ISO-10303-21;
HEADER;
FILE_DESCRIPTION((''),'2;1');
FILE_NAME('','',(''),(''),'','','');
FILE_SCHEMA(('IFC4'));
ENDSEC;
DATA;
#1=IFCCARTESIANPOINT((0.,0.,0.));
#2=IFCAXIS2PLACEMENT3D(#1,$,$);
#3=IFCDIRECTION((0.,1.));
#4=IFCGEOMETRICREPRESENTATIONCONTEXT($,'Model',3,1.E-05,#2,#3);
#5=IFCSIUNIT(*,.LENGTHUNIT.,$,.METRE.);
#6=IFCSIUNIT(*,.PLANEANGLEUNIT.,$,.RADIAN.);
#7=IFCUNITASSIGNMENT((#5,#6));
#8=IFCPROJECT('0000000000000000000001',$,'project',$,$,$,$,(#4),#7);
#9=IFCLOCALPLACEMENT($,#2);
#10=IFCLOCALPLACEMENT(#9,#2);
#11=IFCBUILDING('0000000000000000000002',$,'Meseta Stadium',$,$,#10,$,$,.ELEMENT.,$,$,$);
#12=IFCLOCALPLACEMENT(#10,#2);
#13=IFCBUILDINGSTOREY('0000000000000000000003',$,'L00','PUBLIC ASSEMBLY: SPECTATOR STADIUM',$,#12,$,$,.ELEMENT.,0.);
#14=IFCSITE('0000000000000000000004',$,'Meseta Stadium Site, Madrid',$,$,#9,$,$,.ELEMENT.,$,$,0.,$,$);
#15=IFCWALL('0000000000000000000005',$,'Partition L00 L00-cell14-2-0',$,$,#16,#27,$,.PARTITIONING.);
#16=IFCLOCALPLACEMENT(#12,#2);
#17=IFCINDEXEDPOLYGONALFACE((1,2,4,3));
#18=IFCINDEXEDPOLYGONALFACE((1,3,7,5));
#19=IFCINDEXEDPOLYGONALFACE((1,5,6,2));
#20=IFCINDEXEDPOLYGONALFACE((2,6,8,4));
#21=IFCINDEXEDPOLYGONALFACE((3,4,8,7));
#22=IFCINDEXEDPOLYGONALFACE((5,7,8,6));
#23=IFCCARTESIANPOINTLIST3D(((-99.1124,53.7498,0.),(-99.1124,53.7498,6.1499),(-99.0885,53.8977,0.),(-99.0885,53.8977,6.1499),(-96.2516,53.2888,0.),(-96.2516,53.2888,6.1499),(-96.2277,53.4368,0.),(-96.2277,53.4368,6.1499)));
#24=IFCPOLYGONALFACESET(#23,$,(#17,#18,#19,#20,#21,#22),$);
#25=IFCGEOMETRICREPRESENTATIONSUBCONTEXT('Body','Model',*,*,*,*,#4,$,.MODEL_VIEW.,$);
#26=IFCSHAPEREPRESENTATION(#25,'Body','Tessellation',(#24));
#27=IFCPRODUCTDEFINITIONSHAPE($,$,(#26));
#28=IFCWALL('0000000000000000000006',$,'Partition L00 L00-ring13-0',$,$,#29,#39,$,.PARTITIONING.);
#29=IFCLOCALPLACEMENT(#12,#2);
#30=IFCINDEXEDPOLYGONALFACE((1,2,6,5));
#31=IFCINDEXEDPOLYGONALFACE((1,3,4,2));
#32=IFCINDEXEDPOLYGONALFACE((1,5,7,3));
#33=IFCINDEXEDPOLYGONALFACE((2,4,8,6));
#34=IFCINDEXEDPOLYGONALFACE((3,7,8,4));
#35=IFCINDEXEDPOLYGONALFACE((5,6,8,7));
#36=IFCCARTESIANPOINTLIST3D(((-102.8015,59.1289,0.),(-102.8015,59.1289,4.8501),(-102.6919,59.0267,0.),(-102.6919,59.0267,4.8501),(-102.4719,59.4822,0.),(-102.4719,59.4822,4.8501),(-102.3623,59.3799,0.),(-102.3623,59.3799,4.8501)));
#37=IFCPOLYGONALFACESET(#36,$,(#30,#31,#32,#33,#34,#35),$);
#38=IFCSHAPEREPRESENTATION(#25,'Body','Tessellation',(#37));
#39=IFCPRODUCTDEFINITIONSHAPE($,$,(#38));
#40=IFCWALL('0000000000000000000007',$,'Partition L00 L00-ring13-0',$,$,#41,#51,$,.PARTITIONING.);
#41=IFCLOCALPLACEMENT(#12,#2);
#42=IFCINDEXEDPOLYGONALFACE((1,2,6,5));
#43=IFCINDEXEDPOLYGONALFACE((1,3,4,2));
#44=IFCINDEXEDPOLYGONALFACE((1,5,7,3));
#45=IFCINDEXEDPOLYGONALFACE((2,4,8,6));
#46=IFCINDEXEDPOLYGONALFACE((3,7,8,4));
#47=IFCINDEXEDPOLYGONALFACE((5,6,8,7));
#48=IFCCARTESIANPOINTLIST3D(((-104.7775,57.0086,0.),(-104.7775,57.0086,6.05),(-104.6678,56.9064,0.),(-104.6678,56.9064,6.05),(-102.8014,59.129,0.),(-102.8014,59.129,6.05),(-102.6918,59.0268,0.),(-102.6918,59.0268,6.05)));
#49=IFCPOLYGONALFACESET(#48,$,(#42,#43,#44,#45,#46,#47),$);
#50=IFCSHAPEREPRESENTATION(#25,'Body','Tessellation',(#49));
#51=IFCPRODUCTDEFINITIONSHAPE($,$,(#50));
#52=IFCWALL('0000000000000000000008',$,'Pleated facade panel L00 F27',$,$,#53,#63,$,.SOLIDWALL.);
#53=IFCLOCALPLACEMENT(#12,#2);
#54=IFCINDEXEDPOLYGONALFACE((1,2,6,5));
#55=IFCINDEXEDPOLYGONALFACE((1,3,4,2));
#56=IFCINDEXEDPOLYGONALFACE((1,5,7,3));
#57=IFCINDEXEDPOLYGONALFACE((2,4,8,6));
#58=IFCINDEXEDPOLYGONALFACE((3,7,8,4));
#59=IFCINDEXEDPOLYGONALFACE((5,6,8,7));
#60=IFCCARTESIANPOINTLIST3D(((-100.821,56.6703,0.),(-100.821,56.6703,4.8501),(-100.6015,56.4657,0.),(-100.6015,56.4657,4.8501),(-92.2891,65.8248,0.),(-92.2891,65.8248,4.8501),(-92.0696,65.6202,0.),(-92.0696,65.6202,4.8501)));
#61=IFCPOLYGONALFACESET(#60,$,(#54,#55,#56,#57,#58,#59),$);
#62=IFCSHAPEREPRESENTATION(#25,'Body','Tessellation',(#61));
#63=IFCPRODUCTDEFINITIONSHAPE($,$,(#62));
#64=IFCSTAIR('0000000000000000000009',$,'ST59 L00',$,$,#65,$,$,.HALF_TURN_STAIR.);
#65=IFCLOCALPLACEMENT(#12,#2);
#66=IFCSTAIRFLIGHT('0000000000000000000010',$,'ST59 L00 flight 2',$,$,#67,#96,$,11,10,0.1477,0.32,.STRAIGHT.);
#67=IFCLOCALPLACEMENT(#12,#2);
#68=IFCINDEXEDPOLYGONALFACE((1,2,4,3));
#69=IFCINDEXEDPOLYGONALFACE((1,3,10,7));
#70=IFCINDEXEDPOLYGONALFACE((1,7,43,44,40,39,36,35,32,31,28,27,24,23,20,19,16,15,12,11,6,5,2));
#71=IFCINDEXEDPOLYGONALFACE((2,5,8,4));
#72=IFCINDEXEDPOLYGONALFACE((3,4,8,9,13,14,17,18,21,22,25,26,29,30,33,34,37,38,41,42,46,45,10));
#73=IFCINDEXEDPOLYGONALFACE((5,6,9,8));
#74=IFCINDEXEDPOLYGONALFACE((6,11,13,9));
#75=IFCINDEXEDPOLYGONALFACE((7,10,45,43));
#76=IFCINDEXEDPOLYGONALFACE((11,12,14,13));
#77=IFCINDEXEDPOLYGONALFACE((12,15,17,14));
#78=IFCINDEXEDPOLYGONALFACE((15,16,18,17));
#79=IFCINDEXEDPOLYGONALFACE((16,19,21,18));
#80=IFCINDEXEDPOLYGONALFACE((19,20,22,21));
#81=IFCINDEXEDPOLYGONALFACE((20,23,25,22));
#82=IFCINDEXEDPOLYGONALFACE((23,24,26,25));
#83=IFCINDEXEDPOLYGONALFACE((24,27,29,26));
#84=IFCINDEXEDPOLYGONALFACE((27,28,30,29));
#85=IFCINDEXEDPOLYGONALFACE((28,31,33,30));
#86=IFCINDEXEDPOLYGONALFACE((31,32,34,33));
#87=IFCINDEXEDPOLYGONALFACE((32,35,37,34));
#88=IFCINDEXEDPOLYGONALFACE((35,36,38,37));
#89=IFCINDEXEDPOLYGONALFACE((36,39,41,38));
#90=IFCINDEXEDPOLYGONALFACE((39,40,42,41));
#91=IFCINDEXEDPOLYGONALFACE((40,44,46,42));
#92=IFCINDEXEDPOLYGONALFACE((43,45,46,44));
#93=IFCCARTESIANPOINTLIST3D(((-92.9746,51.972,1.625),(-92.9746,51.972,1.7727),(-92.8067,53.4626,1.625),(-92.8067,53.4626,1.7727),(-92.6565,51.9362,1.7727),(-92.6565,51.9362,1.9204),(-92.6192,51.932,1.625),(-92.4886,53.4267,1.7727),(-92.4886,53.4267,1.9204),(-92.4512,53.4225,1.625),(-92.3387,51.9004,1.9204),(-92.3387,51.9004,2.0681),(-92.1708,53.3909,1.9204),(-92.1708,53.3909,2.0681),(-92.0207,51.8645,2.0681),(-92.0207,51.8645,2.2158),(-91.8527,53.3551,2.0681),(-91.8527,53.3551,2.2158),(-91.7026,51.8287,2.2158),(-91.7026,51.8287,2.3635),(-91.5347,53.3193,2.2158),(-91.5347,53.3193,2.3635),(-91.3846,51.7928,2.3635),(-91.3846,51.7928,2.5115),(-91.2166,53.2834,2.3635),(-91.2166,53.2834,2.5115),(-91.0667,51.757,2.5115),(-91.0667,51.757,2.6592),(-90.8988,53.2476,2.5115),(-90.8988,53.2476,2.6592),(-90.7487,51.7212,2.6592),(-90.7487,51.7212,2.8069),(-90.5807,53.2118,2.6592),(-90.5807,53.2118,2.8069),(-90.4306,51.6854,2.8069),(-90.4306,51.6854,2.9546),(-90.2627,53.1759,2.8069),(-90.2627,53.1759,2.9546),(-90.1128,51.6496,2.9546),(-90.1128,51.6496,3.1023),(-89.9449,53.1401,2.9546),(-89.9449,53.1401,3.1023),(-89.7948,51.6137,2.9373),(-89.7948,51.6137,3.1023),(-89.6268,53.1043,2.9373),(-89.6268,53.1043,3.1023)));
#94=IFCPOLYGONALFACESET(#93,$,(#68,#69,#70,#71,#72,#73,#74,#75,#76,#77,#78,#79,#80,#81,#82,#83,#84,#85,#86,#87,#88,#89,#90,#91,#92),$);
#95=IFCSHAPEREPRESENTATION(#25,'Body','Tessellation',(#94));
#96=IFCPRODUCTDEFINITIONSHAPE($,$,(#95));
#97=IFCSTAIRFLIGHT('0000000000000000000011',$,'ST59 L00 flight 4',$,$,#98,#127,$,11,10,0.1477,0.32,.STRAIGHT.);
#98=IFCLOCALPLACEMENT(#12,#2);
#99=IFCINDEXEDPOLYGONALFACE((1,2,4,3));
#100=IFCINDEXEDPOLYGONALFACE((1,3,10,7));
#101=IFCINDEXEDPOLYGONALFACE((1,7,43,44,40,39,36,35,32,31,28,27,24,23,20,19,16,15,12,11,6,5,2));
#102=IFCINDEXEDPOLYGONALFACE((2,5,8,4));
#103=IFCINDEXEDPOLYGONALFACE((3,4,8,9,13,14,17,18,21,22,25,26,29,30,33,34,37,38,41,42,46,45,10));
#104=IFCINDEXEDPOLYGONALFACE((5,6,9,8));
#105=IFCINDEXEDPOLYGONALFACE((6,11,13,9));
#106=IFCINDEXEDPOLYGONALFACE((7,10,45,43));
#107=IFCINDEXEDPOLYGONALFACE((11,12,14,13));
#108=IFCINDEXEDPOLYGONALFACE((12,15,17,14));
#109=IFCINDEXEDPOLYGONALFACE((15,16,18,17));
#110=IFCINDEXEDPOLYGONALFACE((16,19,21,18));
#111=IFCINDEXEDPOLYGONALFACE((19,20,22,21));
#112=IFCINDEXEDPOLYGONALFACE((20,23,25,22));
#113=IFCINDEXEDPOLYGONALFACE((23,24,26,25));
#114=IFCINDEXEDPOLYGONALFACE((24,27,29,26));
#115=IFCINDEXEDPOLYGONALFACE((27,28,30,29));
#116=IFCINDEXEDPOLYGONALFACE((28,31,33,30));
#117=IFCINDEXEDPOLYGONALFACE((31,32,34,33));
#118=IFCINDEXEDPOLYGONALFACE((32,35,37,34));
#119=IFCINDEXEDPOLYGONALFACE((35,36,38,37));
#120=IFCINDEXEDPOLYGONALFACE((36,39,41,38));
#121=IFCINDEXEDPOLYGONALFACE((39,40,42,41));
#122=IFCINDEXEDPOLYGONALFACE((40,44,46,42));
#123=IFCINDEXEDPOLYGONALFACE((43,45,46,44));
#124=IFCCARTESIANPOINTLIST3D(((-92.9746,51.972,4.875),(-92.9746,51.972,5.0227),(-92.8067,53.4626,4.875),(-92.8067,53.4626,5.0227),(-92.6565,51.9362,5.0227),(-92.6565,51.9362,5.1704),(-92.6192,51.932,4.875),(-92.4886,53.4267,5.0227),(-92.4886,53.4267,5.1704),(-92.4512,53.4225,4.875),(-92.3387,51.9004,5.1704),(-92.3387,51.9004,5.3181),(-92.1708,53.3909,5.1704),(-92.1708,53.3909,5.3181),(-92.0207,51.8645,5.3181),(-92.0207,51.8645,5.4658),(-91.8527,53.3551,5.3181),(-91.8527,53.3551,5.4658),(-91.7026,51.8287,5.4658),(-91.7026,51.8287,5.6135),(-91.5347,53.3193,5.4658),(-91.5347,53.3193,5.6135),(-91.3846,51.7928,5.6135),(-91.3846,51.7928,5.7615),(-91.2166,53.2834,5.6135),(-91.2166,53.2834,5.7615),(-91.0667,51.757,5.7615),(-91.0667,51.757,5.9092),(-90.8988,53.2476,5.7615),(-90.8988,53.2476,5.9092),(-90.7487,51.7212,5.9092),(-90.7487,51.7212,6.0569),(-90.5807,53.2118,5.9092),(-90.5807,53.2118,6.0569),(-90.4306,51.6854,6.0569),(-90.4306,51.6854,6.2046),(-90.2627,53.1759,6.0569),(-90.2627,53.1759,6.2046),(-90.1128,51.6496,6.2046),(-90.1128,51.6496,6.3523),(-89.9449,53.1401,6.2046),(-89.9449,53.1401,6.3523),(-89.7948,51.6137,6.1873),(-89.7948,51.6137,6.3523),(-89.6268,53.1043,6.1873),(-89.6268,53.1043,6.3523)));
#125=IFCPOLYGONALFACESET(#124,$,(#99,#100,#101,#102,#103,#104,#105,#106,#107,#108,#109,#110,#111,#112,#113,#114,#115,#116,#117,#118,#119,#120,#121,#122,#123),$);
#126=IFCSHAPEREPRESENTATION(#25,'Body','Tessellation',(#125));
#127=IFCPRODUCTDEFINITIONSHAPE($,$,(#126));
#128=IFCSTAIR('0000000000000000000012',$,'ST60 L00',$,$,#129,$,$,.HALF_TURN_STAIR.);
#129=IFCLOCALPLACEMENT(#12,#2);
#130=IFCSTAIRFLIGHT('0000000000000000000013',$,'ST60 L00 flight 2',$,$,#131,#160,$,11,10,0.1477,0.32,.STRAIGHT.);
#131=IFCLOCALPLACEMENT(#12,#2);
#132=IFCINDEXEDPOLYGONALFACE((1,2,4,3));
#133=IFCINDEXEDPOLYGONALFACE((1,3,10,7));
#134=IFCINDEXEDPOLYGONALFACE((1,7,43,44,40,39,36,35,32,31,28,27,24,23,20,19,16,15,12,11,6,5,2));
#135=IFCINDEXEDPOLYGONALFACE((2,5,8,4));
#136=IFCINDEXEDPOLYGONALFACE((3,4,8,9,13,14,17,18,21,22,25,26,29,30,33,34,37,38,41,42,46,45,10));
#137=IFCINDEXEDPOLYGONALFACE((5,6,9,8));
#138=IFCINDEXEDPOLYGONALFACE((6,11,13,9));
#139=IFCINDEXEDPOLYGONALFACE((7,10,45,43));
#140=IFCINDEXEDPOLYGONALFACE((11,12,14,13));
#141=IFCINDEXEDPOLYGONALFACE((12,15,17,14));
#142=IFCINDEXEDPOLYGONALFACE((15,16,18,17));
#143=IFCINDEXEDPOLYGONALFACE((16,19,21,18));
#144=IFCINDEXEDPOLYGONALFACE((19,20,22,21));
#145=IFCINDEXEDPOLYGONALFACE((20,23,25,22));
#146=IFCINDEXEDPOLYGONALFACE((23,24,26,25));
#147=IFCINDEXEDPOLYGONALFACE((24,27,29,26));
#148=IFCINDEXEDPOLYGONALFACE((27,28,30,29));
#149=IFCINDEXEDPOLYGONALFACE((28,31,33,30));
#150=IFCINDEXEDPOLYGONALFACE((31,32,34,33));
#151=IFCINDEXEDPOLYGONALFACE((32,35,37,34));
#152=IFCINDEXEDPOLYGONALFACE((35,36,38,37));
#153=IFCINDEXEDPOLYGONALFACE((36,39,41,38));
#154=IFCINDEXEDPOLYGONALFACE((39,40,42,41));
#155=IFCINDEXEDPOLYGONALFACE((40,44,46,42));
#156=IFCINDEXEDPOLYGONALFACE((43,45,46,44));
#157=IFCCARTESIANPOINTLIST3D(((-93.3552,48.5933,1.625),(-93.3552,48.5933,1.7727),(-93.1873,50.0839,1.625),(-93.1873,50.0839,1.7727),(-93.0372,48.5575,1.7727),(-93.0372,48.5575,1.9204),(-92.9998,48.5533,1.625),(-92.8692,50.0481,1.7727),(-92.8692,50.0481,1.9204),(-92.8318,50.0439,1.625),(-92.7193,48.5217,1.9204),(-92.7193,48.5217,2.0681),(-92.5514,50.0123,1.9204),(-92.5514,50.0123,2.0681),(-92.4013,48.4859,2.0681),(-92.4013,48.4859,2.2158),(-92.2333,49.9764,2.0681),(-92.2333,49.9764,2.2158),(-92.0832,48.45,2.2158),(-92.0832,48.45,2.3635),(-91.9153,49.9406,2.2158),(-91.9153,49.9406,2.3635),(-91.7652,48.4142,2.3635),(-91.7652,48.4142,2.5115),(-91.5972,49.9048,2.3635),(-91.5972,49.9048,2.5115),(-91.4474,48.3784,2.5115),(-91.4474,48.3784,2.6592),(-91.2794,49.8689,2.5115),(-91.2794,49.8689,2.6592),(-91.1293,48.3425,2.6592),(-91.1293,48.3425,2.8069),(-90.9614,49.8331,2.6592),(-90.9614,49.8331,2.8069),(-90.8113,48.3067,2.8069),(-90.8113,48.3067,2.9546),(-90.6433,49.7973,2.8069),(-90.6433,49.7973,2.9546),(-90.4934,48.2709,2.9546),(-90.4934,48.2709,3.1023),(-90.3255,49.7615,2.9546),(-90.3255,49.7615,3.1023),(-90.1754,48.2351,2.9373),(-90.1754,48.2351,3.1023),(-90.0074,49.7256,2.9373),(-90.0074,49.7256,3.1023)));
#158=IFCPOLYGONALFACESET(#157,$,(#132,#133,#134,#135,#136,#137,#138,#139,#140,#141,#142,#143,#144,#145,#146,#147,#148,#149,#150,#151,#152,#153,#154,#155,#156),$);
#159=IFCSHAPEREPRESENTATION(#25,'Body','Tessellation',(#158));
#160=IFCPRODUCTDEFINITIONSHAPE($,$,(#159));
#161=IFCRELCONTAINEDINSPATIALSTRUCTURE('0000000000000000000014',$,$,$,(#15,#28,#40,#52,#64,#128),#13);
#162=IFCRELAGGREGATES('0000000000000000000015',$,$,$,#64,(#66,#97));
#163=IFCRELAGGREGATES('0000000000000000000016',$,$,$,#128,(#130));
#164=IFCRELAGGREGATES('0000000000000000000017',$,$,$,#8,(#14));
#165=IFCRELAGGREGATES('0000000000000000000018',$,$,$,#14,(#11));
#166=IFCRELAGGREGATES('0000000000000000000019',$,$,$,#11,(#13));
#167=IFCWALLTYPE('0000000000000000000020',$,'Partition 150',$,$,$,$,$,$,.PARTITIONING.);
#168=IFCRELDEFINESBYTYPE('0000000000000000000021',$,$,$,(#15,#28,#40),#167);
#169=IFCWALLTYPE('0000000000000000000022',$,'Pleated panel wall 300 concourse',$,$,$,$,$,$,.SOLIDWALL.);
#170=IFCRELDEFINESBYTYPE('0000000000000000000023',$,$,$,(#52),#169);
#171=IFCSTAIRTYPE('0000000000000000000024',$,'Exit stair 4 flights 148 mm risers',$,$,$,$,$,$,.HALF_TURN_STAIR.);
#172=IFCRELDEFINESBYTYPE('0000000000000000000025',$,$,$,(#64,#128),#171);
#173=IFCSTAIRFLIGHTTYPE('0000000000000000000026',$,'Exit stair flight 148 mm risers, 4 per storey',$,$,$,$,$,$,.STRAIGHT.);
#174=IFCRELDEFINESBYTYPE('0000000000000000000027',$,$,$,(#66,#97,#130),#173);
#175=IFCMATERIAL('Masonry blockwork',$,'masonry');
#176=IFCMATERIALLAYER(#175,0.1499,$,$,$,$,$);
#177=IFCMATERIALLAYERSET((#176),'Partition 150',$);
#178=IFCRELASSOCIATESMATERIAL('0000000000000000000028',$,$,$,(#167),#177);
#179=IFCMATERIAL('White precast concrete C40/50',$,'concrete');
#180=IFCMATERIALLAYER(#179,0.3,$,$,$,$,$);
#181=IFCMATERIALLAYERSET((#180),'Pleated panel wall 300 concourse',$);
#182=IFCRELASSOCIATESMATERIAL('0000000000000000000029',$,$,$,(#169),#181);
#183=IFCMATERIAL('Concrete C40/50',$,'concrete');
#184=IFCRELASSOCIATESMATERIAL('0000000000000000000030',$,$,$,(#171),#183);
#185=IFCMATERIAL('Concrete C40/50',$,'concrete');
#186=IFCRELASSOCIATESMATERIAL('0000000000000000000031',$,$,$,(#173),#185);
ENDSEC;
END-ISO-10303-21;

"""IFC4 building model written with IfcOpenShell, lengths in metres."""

from ifc_helpers import new_model, si_unit, direction, frame, frame_2d, origin, place, context, subcontext, project, spatial, polyline, rectangle, outline, extrude, material, layer, layer_set, type_object, element, aggregate, save


model = new_model("IFC4")

# Units and contexts
model_context = context("Model", 3, precision=1e-05, world=origin(), true_north=direction((0.0, 1.0)))
body_context = subcontext(model_context, "Body", "Model", "MODEL_VIEW")
ifc_project = project(units=[si_unit("LENGTHUNIT", "METRE"), si_unit("PLANEANGLEUNIT", "RADIAN")], contexts=[model_context])

# Site, building, storey
site_placement = place(None, origin())
site = spatial("IfcSite", under=ifc_project, at=site_placement, Name="Meseta Stadium Site, Madrid", CompositionType="ELEMENT", RefElevation=0.0)
building_placement = place(site_placement, origin())
building = spatial("IfcBuilding", under=site, at=building_placement, Name="Meseta Stadium", CompositionType="ELEMENT")
storey_placement = place(building_placement, origin())
storey = spatial("IfcBuildingStorey", under=building, at=storey_placement, Name="L00", Description="PUBLIC ASSEMBLY: SPECTATOR STADIUM", CompositionType="ELEMENT", Elevation=0.0)

# Walls
ifc_material_1 = material(Name="Masonry blockwork", Category="masonry")
ifc_layer_1 = layer(ifc_material_1, 0.1499)
ifc_layer_set_1 = layer_set([ifc_layer_1], Name="Partition 150")
wall_type_1 = type_object("IfcWallType", Name="Partition 150", PredefinedType="PARTITIONING", material=ifc_layer_set_1)
wall_1_placement = place(storey_placement, frame((-99.1003, 53.8237, 0.0), z_axis=(0.0, 0.0, 1.0), x_axis=(0.987268, -0.159068, 0.0)))
element("IfcWall", 1, at=wall_1_placement, inside=storey, type_object=wall_type_1, Name="Partition L00 L00-cell14-2-0", PredefinedType="PARTITIONING", context=body_context, shape_type="SweptSolid", body=[
    extrude(rectangle(XDim=2.8977, YDim=0.1499, at=frame_2d((1.4487, 0.0))), origin(), (0.0, 0.0, 1.0), 6.1499),
])
wall_2_placement = place(storey_placement, frame((-102.417, 59.4312, 0.0), z_axis=(0.0, 0.0, 1.0), x_axis=(-0.682174, -0.73119, 0.0)))
element("IfcWall", 2, at=wall_2_placement, inside=storey, type_object=wall_type_1, Name="Partition L00 L00-ring13-0", PredefinedType="PARTITIONING", context=body_context, shape_type="SweptSolid", body=[
    extrude(rectangle(XDim=0.4832, YDim=0.1499, at=frame_2d((0.2417, 0.0))), origin(), (0.0, 0.0, 1.0), 4.8501),
])
wall_3_placement = place(storey_placement, frame((-102.7466, 59.0779, 0.0), z_axis=(0.0, 0.0, 1.0), x_axis=(-0.681778, -0.731559, 0.0)))
element("IfcWall", 3, at=wall_3_placement, inside=storey, type_object=wall_type_1, Name="Partition L00 L00-ring13-0", PredefinedType="PARTITIONING", context=body_context, shape_type="SweptSolid", body=[
    extrude(rectangle(XDim=2.8984, YDim=0.1499, at=frame_2d((1.4492, 0.0))), origin(), (0.0, 0.0, 1.0), 6.05),
])
ifc_material_2 = material(Name="White precast concrete C40/50", Category="concrete")
ifc_layer_2 = layer(ifc_material_2, 0.3)
ifc_layer_set_2 = layer_set([ifc_layer_2], Name="Pleated panel wall 300 concourse")
wall_type_2 = type_object("IfcWallType", Name="Pleated panel wall 300 concourse", PredefinedType="SOLIDWALL", material=ifc_layer_set_2)
wall_4_placement = place(storey_placement, frame((-100.7112, 56.5681, 0.0), z_axis=(0.0, 0.0, 1.0), x_axis=(0.681795, 0.731544, 0.0)))
element("IfcWall", 4, at=wall_4_placement, inside=storey, type_object=wall_type_2, Name="Pleated facade panel L00 F27", PredefinedType="SOLIDWALL", context=body_context, shape_type="SweptSolid", body=[
    extrude(rectangle(XDim=12.5139, YDim=0.3, at=frame_2d((6.2568, 0.0))), origin(), (0.0, 0.0, 1.0), 4.8501),
])

# Stairs, stair flights
ifc_material_3 = material(Name="Concrete C40/50", Category="concrete")
stair_type = type_object("IfcStairType", Name="Exit stair 4 flights 148 mm risers", PredefinedType="HALF_TURN_STAIR", material=ifc_material_3)
stair_1_placement = place(storey_placement, origin())
stair_1 = element("IfcStair", 5, at=stair_1_placement, inside=storey, type_object=stair_type, Name="ST59 L00", PredefinedType="HALF_TURN_STAIR")
ifc_material_4 = material(Name="Concrete C40/50", Category="concrete")
stair_flight_type = type_object("IfcStairFlightType", Name="Exit stair flight 148 mm risers, 4 per storey", PredefinedType="STRAIGHT", material=ifc_material_4)
stair_flight_1_placement = place(storey_placement, frame((-92.8906, 52.7173, 1.625), z_axis=(0.0, 0.0, 1.0), x_axis=(0.993712, -0.111964, 0.0)))
stair_flight_1 = element("IfcStairFlight", 6, at=stair_flight_1_placement, type_object=stair_flight_type, Name="ST59 L00 flight 2", NumberOfRisers=11, NumberOfTreads=10, PredefinedType="STRAIGHT", RiserHeight=0.1477, TreadLength=0.32, context=body_context, shape_type="SweptSolid", body=[
    extrude(outline(polyline([(0.0, 0.0), (0.0, 0.1477), (0.3201, 0.1477), (0.3201, 0.2954), (0.6399, 0.2954), (0.6399, 0.4431), (0.96, 0.4431), (0.96, 0.5908), (1.28, 0.5908), (1.28, 0.7385), (1.6001, 0.7385), (1.6001, 0.8865), (1.9199, 0.8865), (1.9199, 1.0342), (2.24, 1.0342), (2.24, 1.1819), (2.5601, 1.1819), (2.5601, 1.3296), (2.8799, 1.3296), (2.8799, 1.4773), (3.2, 1.4773), (3.2, 1.3123), (0.3577, 0.0), (0.0, 0.0)])), frame((0.0, 0.75, 0.0), z_axis=(0.0, -1.0, 0.0), x_axis=(1.0, 0.0, 0.0)), (0.0, 0.0, 1.0), 1.5),
])
stair_flight_2_placement = place(storey_placement, frame((-92.8906, 52.7173, 4.875), z_axis=(0.0, 0.0, 1.0), x_axis=(0.993712, -0.111964, 0.0)))
stair_flight_2 = element("IfcStairFlight", 7, at=stair_flight_2_placement, type_object=stair_flight_type, Name="ST59 L00 flight 4", NumberOfRisers=11, NumberOfTreads=10, PredefinedType="STRAIGHT", RiserHeight=0.1477, TreadLength=0.32, context=body_context, shape_type="SweptSolid", body=[
    extrude(outline(polyline([(0.0, 0.0), (0.0, 0.1477), (0.3201, 0.1477), (0.3201, 0.2954), (0.6399, 0.2954), (0.6399, 0.4431), (0.96, 0.4431), (0.96, 0.5908), (1.28, 0.5908), (1.28, 0.7385), (1.6001, 0.7385), (1.6001, 0.8865), (1.9199, 0.8865), (1.9199, 1.0342), (2.24, 1.0342), (2.24, 1.1819), (2.5601, 1.1819), (2.5601, 1.3296), (2.8799, 1.3296), (2.8799, 1.4773), (3.2, 1.4773), (3.2, 1.3123), (0.3577, 0.0), (0.0, 0.0)])), frame((0.0, 0.75, 0.0), z_axis=(0.0, -1.0, 0.0), x_axis=(1.0, 0.0, 0.0)), (0.0, 0.0, 1.0), 1.5),
])
aggregate(stair_1, [stair_flight_1, stair_flight_2])
stair_2_placement = place(storey_placement, origin())
stair_2 = element("IfcStair", 8, at=stair_2_placement, inside=storey, type_object=stair_type, Name="ST60 L00", PredefinedType="HALF_TURN_STAIR")
stair_flight_3_placement = place(storey_placement, frame((-93.2712, 49.3386, 1.625), z_axis=(0.0, 0.0, 1.0), x_axis=(0.993712, -0.111964, 0.0)))
stair_flight_3 = element("IfcStairFlight", 9, at=stair_flight_3_placement, type_object=stair_flight_type, Name="ST60 L00 flight 2", NumberOfRisers=11, NumberOfTreads=10, PredefinedType="STRAIGHT", RiserHeight=0.1477, TreadLength=0.32, context=body_context, shape_type="SweptSolid", body=[
    extrude(outline(polyline([(0.0, 0.0), (0.0, 0.1477), (0.3201, 0.1477), (0.3201, 0.2954), (0.6399, 0.2954), (0.6399, 0.4431), (0.96, 0.4431), (0.96, 0.5908), (1.28, 0.5908), (1.28, 0.7385), (1.6001, 0.7385), (1.6001, 0.8865), (1.9199, 0.8865), (1.9199, 1.0342), (2.24, 1.0342), (2.24, 1.1819), (2.5601, 1.1819), (2.5601, 1.3296), (2.8799, 1.3296), (2.8799, 1.4773), (3.2, 1.4773), (3.2, 1.3123), (0.3577, 0.0), (0.0, 0.0)])), frame((0.0, 0.75, 0.0), z_axis=(0.0, -1.0, 0.0), x_axis=(1.0, 0.0, 0.0)), (0.0, 0.0, 1.0), 1.5),
])
aggregate(stair_2, [stair_flight_3])

save(model, "model.ifc")
